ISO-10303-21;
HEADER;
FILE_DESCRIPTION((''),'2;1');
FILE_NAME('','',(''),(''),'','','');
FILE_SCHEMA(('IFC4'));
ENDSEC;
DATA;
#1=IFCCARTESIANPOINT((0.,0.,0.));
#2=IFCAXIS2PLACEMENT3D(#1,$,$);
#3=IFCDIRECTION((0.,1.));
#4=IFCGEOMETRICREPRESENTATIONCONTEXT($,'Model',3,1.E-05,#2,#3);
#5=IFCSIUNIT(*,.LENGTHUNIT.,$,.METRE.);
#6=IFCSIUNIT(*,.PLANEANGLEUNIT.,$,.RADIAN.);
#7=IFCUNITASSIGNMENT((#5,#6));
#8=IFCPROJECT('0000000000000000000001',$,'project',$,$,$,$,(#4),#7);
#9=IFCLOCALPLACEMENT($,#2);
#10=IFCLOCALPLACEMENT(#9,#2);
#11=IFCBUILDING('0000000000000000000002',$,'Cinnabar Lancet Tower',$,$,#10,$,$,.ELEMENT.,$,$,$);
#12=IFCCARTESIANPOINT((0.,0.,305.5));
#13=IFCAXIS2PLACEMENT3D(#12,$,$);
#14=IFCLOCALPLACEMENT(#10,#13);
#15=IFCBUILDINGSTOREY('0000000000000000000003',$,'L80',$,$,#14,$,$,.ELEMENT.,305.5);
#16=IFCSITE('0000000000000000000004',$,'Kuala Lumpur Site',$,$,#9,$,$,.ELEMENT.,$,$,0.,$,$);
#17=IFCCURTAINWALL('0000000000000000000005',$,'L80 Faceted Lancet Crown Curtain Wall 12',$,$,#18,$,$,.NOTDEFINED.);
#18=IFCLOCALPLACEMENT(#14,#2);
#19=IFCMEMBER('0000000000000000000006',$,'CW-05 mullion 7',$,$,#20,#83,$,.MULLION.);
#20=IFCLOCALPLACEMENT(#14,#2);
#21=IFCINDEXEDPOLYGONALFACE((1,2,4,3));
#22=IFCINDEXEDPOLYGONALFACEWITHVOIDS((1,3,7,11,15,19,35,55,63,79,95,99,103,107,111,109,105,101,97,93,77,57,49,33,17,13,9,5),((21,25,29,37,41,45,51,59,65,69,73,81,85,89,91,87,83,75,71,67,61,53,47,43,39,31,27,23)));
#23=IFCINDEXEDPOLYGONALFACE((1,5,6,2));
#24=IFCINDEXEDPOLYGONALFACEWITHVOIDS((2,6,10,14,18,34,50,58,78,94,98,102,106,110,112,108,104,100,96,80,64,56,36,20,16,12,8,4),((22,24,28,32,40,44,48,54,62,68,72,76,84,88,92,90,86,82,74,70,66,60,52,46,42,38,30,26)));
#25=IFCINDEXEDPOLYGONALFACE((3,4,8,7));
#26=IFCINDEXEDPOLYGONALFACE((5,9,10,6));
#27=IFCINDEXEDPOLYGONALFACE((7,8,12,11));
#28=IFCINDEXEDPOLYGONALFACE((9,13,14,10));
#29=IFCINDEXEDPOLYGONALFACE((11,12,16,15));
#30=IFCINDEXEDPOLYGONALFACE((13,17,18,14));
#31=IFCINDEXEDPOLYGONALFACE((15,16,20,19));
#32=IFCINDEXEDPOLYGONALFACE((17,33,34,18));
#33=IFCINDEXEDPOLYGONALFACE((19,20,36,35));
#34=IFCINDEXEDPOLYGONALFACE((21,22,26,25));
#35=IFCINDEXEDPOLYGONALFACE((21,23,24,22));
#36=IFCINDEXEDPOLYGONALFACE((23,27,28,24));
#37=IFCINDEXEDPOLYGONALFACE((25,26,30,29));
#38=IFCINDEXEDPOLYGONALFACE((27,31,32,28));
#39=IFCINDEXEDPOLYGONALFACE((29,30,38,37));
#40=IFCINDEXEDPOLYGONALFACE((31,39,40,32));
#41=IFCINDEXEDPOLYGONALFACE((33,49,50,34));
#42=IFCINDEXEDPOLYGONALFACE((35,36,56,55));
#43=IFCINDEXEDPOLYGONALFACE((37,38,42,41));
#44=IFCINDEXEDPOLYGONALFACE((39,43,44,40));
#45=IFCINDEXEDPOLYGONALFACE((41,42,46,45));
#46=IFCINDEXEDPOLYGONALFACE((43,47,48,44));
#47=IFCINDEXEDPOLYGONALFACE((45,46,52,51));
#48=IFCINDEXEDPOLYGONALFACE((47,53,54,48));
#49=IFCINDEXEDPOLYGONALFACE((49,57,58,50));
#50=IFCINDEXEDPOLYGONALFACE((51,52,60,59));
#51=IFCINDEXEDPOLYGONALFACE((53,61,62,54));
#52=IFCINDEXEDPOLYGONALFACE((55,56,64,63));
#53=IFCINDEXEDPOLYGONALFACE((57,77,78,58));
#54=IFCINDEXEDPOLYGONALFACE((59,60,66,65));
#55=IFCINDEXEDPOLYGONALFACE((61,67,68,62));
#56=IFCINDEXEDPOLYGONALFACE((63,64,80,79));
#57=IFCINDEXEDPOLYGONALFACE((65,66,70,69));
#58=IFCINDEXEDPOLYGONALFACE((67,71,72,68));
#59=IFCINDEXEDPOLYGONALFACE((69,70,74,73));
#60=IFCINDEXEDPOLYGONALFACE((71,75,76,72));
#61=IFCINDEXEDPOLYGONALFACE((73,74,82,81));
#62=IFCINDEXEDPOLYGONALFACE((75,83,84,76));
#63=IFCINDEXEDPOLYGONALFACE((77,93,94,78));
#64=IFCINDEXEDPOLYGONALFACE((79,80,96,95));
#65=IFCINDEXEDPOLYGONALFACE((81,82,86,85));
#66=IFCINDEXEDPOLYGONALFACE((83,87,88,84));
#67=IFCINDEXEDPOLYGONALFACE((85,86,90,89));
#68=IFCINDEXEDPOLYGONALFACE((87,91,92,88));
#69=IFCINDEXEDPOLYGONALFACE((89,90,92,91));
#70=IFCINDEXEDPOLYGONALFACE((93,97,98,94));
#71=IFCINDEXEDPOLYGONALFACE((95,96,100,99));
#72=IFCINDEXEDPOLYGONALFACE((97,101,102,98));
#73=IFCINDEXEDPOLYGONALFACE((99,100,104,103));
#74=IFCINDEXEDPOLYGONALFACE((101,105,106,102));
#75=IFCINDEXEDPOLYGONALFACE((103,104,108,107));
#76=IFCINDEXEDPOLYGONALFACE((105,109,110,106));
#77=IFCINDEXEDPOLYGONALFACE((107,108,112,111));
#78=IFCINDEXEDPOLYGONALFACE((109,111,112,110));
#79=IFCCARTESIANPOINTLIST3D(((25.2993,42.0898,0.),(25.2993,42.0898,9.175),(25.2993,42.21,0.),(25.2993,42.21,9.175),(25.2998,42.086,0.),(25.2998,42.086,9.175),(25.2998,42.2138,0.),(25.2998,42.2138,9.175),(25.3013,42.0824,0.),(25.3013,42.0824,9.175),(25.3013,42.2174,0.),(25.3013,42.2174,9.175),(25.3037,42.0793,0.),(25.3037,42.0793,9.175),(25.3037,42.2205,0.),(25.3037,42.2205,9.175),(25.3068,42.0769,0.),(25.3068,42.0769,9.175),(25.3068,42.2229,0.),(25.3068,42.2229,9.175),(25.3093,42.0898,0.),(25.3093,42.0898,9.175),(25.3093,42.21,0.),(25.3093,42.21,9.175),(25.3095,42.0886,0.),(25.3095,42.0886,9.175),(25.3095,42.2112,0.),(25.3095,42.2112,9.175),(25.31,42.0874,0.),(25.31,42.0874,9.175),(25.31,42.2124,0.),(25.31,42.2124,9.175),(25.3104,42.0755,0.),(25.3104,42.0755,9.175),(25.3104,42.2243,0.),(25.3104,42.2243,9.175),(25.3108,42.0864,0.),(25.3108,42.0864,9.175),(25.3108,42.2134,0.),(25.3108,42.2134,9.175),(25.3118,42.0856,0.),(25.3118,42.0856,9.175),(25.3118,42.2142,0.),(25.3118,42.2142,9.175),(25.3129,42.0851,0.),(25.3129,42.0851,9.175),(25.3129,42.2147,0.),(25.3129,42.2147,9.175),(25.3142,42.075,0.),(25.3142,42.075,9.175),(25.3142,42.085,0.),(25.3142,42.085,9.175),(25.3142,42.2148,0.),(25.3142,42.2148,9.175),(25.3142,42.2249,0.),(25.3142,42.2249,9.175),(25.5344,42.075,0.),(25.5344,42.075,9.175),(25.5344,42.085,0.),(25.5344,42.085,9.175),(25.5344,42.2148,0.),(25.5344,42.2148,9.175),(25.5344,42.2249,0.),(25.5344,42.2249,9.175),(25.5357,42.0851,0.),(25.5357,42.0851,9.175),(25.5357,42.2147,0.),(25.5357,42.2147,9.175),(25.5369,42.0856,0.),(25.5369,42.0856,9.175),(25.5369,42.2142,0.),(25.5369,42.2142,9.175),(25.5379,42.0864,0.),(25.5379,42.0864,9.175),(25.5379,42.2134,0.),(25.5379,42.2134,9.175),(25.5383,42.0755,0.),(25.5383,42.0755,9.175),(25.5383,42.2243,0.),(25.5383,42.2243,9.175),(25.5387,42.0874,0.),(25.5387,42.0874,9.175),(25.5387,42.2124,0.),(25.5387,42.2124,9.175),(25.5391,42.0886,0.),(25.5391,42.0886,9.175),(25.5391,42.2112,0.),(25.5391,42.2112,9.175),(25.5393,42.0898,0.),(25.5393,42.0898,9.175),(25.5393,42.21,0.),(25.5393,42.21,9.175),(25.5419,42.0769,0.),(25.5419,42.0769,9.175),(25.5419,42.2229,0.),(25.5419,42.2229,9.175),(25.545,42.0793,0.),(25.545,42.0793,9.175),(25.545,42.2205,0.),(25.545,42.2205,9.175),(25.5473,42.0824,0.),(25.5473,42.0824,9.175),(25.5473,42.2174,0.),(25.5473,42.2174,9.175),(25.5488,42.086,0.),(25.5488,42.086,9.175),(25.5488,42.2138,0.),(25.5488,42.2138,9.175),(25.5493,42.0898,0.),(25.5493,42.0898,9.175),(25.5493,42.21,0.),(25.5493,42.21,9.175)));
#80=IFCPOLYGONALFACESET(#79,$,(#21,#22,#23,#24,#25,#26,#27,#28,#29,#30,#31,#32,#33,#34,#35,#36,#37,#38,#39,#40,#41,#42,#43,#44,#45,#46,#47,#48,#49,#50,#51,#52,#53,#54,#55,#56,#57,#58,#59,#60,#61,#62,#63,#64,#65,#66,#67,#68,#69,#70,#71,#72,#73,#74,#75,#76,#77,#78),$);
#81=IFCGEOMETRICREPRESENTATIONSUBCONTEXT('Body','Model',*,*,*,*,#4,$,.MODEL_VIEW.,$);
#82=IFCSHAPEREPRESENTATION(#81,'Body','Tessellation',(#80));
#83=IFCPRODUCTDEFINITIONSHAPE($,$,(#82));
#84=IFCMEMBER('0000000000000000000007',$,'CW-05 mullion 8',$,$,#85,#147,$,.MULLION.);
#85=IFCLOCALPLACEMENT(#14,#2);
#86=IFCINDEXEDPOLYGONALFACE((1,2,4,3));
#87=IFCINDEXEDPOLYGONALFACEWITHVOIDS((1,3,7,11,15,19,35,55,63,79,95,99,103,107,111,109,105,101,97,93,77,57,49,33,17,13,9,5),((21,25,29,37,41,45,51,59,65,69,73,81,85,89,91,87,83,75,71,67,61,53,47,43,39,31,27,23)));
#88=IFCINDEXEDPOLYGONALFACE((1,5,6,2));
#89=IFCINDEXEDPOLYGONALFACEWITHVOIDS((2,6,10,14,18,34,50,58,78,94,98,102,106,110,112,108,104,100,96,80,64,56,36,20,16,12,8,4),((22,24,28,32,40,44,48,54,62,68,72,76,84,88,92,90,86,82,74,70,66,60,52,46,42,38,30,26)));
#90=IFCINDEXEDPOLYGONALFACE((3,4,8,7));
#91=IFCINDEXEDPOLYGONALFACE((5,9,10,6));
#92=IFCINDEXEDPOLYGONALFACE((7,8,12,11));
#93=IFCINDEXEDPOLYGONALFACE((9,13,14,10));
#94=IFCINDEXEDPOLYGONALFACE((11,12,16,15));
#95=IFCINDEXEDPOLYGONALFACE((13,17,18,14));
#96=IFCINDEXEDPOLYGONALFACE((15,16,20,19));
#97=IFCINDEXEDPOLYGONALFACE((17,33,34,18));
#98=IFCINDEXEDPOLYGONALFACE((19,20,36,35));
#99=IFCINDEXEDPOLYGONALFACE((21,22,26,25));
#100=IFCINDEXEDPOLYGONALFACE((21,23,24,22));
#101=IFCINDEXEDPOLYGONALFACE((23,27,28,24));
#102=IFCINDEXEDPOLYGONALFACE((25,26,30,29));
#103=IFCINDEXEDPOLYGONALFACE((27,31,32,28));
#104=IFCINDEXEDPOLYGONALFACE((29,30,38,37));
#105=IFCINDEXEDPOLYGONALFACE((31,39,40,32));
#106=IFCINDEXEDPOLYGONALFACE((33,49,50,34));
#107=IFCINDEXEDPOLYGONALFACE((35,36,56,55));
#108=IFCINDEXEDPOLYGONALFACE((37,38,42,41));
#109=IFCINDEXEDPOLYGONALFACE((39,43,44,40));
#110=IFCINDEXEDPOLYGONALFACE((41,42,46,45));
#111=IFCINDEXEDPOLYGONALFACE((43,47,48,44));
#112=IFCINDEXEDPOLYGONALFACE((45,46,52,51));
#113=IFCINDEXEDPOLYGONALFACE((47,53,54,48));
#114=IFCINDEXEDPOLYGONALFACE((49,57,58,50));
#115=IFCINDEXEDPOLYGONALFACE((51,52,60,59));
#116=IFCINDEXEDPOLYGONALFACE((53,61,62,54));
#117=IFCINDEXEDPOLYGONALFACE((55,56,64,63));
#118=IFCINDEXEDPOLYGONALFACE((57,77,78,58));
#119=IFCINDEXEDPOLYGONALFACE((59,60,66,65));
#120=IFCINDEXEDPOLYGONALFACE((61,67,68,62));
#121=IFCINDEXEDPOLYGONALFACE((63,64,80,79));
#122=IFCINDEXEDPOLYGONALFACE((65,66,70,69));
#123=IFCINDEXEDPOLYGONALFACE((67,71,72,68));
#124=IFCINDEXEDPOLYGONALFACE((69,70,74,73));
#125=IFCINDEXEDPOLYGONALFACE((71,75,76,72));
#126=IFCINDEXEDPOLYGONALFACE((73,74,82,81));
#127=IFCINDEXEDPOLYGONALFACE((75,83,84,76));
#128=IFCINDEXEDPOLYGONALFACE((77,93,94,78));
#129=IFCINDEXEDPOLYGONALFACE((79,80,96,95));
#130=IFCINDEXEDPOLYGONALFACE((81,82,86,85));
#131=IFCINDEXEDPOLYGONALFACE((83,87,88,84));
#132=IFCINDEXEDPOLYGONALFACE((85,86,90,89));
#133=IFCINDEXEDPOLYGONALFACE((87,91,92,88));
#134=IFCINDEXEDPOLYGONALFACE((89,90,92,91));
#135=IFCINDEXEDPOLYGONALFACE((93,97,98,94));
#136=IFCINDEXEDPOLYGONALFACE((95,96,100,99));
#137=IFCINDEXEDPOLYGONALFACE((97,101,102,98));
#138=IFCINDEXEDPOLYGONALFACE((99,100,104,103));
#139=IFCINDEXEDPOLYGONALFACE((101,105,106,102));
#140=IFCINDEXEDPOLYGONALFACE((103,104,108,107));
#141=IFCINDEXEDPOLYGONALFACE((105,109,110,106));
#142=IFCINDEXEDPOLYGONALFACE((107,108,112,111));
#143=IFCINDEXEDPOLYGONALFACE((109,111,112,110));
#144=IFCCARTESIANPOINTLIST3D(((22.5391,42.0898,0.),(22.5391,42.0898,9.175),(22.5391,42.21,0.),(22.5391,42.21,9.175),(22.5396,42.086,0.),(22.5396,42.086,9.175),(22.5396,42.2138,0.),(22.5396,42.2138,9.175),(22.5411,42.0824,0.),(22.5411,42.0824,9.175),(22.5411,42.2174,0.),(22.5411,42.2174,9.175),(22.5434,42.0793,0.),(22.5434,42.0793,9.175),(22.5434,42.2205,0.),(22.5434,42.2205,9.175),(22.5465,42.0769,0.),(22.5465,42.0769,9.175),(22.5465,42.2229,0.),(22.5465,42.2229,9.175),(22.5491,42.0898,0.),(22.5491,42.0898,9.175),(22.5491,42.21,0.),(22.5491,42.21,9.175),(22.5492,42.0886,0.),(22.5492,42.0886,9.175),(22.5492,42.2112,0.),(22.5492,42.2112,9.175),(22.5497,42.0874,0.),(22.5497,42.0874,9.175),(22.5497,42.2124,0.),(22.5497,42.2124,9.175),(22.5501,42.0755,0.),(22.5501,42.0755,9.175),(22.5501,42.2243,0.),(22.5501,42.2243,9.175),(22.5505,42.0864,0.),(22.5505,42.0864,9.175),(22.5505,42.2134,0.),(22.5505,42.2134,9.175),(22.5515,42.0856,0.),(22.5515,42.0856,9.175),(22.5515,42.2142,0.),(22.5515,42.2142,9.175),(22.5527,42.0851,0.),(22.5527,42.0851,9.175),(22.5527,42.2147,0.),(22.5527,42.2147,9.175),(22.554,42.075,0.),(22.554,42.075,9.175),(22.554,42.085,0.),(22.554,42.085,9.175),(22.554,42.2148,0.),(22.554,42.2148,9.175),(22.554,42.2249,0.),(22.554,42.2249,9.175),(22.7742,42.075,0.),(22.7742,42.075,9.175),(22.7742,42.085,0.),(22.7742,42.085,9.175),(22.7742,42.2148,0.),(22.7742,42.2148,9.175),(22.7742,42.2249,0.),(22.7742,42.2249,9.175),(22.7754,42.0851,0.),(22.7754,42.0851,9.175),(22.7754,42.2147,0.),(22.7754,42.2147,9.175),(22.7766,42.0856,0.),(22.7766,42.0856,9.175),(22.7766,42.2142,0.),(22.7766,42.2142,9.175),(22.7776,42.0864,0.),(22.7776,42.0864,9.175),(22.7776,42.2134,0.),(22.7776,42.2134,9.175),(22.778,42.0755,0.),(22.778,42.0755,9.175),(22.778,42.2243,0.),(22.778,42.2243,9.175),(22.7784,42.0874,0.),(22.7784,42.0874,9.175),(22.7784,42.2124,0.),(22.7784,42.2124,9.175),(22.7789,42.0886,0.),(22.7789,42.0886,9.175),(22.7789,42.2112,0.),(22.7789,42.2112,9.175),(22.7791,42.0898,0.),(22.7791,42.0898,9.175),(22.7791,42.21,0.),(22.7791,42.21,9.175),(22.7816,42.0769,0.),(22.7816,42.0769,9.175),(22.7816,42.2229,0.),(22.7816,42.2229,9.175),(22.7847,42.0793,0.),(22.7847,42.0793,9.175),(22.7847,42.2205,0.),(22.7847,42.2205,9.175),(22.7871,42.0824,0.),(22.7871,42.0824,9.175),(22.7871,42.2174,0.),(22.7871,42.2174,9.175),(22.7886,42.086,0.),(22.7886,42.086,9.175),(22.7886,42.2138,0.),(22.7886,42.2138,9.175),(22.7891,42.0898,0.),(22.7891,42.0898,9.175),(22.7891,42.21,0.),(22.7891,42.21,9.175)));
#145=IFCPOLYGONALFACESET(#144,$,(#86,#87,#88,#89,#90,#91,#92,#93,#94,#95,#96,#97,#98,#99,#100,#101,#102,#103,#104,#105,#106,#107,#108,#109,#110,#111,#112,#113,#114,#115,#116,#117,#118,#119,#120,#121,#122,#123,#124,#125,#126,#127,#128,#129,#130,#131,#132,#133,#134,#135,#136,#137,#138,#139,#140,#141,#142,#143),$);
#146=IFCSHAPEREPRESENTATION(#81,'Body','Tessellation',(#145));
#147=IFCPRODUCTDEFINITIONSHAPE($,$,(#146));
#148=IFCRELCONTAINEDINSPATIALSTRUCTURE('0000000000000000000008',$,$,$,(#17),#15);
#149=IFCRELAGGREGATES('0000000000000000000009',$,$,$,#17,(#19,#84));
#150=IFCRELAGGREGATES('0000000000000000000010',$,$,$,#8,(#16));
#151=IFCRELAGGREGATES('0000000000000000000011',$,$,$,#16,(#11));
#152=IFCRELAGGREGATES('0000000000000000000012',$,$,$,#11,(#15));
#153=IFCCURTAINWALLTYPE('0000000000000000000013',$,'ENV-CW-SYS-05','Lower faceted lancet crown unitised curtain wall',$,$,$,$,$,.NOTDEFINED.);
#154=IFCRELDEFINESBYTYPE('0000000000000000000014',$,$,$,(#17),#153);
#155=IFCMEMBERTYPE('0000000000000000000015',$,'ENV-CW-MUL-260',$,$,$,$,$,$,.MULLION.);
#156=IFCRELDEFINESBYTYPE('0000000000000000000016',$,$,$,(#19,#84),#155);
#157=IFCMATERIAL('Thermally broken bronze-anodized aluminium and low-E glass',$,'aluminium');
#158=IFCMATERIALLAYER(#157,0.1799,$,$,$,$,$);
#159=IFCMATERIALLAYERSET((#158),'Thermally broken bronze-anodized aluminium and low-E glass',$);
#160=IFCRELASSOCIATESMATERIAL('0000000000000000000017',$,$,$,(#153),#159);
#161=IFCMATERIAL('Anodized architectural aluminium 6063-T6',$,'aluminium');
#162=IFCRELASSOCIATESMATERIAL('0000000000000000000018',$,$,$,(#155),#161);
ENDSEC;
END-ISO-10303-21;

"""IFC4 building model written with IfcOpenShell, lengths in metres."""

from ifc_helpers import new_model, si_unit, direction, frame, origin, origin_2d, place, context, subcontext, project, spatial, hollow_rectangle, extrude, material, layer, layer_set, material_profile, profile_set, type_object, element, aggregate, save


model = new_model("IFC4")

# Units and contexts
model_context = context("Model", 3, precision=1e-05, world=origin(), true_north=direction((0.0, 1.0)))
body_context = subcontext(model_context, "Body", "Model", "MODEL_VIEW")
ifc_project = project(units=[si_unit("LENGTHUNIT", "METRE"), si_unit("PLANEANGLEUNIT", "RADIAN")], contexts=[model_context])

# Site, building, storey
site_placement = place(None, origin())
site = spatial("IfcSite", under=ifc_project, at=site_placement, Name="Kuala Lumpur Site", CompositionType="ELEMENT", RefElevation=0.0)
building_placement = place(site_placement, origin())
building = spatial("IfcBuilding", under=site, at=building_placement, Name="Cinnabar Lancet Tower", CompositionType="ELEMENT")
storey_placement = place(building_placement, frame((0.0, 0.0, 305.5)))
storey = spatial("IfcBuildingStorey", under=building, at=storey_placement, Name="L80", CompositionType="ELEMENT", Elevation=305.5)

# Curtain wall, members
ifc_material_1 = material(Name="Thermally broken bronze-anodized aluminium and low-E glass", Category="aluminium")
ifc_layer_1 = layer(ifc_material_1, 0.1799)
ifc_layer_set_1 = layer_set([ifc_layer_1], Name="Thermally broken bronze-anodized aluminium and low-E glass")
curtain_wall_type = type_object("IfcCurtainWallType", Name="ENV-CW-SYS-05", Description="Lower faceted lancet crown unitised curtain wall", PredefinedType="NOTDEFINED", material=ifc_layer_set_1)
curtain_wall_1_placement = place(storey_placement, origin())
curtain_wall_1 = element("IfcCurtainWall", 1, at=curtain_wall_1_placement, inside=storey, type_object=curtain_wall_type, Name="L80 Faceted Lancet Crown Curtain Wall 12", PredefinedType="NOTDEFINED")
ifc_material_2 = material(Name="Anodized architectural aluminium 6063-T6", Category="aluminium")
ifc_material_profile_1 = material_profile(ifc_material_2, hollow_rectangle(XDim=0.1499, YDim=0.25, WallThickness=0.01, InnerFilletRadius=0.0049, OuterFilletRadius=0.0149, at=origin_2d()), Name="RHS 250x150x10")
ifc_profile_set_1 = profile_set([ifc_material_profile_1], Name="Anodized architectural aluminium 6063-T6")
member_type_1 = type_object("IfcMemberType", Name="ENV-CW-MUL-260", PredefinedType="MULLION", material=ifc_profile_set_1)
member_1_placement = place(storey_placement, frame((25.4243, 42.1499, 0.0), z_axis=(0.0, 0.0, 1.0), x_axis=(0.0, -1.0, 0.0)))
member_1 = element("IfcMember", 2, at=member_1_placement, type_object=member_type_1, Name="CW-05 mullion 7", PredefinedType="MULLION", context=body_context, shape_type="SweptSolid", body=[
    extrude(hollow_rectangle(XDim=0.1499, YDim=0.25, WallThickness=0.01, InnerFilletRadius=0.0049, OuterFilletRadius=0.0149, at=origin_2d()), origin(), (0.0, 0.0, 1.0), 9.175),
])
member_2_placement = place(storey_placement, frame((22.6641, 42.1499, 0.0), z_axis=(0.0, 0.0, 1.0), x_axis=(0.0, -1.0, 0.0)))
member_2 = element("IfcMember", 3, at=member_2_placement, type_object=member_type_1, Name="CW-05 mullion 8", PredefinedType="MULLION", context=body_context, shape_type="SweptSolid", body=[
    extrude(hollow_rectangle(XDim=0.1499, YDim=0.25, WallThickness=0.01, InnerFilletRadius=0.0049, OuterFilletRadius=0.0149, at=origin_2d()), origin(), (0.0, 0.0, 1.0), 9.175),
])

aggregate(curtain_wall_1, [member_1, member_2])

save(model, "model.ifc")
